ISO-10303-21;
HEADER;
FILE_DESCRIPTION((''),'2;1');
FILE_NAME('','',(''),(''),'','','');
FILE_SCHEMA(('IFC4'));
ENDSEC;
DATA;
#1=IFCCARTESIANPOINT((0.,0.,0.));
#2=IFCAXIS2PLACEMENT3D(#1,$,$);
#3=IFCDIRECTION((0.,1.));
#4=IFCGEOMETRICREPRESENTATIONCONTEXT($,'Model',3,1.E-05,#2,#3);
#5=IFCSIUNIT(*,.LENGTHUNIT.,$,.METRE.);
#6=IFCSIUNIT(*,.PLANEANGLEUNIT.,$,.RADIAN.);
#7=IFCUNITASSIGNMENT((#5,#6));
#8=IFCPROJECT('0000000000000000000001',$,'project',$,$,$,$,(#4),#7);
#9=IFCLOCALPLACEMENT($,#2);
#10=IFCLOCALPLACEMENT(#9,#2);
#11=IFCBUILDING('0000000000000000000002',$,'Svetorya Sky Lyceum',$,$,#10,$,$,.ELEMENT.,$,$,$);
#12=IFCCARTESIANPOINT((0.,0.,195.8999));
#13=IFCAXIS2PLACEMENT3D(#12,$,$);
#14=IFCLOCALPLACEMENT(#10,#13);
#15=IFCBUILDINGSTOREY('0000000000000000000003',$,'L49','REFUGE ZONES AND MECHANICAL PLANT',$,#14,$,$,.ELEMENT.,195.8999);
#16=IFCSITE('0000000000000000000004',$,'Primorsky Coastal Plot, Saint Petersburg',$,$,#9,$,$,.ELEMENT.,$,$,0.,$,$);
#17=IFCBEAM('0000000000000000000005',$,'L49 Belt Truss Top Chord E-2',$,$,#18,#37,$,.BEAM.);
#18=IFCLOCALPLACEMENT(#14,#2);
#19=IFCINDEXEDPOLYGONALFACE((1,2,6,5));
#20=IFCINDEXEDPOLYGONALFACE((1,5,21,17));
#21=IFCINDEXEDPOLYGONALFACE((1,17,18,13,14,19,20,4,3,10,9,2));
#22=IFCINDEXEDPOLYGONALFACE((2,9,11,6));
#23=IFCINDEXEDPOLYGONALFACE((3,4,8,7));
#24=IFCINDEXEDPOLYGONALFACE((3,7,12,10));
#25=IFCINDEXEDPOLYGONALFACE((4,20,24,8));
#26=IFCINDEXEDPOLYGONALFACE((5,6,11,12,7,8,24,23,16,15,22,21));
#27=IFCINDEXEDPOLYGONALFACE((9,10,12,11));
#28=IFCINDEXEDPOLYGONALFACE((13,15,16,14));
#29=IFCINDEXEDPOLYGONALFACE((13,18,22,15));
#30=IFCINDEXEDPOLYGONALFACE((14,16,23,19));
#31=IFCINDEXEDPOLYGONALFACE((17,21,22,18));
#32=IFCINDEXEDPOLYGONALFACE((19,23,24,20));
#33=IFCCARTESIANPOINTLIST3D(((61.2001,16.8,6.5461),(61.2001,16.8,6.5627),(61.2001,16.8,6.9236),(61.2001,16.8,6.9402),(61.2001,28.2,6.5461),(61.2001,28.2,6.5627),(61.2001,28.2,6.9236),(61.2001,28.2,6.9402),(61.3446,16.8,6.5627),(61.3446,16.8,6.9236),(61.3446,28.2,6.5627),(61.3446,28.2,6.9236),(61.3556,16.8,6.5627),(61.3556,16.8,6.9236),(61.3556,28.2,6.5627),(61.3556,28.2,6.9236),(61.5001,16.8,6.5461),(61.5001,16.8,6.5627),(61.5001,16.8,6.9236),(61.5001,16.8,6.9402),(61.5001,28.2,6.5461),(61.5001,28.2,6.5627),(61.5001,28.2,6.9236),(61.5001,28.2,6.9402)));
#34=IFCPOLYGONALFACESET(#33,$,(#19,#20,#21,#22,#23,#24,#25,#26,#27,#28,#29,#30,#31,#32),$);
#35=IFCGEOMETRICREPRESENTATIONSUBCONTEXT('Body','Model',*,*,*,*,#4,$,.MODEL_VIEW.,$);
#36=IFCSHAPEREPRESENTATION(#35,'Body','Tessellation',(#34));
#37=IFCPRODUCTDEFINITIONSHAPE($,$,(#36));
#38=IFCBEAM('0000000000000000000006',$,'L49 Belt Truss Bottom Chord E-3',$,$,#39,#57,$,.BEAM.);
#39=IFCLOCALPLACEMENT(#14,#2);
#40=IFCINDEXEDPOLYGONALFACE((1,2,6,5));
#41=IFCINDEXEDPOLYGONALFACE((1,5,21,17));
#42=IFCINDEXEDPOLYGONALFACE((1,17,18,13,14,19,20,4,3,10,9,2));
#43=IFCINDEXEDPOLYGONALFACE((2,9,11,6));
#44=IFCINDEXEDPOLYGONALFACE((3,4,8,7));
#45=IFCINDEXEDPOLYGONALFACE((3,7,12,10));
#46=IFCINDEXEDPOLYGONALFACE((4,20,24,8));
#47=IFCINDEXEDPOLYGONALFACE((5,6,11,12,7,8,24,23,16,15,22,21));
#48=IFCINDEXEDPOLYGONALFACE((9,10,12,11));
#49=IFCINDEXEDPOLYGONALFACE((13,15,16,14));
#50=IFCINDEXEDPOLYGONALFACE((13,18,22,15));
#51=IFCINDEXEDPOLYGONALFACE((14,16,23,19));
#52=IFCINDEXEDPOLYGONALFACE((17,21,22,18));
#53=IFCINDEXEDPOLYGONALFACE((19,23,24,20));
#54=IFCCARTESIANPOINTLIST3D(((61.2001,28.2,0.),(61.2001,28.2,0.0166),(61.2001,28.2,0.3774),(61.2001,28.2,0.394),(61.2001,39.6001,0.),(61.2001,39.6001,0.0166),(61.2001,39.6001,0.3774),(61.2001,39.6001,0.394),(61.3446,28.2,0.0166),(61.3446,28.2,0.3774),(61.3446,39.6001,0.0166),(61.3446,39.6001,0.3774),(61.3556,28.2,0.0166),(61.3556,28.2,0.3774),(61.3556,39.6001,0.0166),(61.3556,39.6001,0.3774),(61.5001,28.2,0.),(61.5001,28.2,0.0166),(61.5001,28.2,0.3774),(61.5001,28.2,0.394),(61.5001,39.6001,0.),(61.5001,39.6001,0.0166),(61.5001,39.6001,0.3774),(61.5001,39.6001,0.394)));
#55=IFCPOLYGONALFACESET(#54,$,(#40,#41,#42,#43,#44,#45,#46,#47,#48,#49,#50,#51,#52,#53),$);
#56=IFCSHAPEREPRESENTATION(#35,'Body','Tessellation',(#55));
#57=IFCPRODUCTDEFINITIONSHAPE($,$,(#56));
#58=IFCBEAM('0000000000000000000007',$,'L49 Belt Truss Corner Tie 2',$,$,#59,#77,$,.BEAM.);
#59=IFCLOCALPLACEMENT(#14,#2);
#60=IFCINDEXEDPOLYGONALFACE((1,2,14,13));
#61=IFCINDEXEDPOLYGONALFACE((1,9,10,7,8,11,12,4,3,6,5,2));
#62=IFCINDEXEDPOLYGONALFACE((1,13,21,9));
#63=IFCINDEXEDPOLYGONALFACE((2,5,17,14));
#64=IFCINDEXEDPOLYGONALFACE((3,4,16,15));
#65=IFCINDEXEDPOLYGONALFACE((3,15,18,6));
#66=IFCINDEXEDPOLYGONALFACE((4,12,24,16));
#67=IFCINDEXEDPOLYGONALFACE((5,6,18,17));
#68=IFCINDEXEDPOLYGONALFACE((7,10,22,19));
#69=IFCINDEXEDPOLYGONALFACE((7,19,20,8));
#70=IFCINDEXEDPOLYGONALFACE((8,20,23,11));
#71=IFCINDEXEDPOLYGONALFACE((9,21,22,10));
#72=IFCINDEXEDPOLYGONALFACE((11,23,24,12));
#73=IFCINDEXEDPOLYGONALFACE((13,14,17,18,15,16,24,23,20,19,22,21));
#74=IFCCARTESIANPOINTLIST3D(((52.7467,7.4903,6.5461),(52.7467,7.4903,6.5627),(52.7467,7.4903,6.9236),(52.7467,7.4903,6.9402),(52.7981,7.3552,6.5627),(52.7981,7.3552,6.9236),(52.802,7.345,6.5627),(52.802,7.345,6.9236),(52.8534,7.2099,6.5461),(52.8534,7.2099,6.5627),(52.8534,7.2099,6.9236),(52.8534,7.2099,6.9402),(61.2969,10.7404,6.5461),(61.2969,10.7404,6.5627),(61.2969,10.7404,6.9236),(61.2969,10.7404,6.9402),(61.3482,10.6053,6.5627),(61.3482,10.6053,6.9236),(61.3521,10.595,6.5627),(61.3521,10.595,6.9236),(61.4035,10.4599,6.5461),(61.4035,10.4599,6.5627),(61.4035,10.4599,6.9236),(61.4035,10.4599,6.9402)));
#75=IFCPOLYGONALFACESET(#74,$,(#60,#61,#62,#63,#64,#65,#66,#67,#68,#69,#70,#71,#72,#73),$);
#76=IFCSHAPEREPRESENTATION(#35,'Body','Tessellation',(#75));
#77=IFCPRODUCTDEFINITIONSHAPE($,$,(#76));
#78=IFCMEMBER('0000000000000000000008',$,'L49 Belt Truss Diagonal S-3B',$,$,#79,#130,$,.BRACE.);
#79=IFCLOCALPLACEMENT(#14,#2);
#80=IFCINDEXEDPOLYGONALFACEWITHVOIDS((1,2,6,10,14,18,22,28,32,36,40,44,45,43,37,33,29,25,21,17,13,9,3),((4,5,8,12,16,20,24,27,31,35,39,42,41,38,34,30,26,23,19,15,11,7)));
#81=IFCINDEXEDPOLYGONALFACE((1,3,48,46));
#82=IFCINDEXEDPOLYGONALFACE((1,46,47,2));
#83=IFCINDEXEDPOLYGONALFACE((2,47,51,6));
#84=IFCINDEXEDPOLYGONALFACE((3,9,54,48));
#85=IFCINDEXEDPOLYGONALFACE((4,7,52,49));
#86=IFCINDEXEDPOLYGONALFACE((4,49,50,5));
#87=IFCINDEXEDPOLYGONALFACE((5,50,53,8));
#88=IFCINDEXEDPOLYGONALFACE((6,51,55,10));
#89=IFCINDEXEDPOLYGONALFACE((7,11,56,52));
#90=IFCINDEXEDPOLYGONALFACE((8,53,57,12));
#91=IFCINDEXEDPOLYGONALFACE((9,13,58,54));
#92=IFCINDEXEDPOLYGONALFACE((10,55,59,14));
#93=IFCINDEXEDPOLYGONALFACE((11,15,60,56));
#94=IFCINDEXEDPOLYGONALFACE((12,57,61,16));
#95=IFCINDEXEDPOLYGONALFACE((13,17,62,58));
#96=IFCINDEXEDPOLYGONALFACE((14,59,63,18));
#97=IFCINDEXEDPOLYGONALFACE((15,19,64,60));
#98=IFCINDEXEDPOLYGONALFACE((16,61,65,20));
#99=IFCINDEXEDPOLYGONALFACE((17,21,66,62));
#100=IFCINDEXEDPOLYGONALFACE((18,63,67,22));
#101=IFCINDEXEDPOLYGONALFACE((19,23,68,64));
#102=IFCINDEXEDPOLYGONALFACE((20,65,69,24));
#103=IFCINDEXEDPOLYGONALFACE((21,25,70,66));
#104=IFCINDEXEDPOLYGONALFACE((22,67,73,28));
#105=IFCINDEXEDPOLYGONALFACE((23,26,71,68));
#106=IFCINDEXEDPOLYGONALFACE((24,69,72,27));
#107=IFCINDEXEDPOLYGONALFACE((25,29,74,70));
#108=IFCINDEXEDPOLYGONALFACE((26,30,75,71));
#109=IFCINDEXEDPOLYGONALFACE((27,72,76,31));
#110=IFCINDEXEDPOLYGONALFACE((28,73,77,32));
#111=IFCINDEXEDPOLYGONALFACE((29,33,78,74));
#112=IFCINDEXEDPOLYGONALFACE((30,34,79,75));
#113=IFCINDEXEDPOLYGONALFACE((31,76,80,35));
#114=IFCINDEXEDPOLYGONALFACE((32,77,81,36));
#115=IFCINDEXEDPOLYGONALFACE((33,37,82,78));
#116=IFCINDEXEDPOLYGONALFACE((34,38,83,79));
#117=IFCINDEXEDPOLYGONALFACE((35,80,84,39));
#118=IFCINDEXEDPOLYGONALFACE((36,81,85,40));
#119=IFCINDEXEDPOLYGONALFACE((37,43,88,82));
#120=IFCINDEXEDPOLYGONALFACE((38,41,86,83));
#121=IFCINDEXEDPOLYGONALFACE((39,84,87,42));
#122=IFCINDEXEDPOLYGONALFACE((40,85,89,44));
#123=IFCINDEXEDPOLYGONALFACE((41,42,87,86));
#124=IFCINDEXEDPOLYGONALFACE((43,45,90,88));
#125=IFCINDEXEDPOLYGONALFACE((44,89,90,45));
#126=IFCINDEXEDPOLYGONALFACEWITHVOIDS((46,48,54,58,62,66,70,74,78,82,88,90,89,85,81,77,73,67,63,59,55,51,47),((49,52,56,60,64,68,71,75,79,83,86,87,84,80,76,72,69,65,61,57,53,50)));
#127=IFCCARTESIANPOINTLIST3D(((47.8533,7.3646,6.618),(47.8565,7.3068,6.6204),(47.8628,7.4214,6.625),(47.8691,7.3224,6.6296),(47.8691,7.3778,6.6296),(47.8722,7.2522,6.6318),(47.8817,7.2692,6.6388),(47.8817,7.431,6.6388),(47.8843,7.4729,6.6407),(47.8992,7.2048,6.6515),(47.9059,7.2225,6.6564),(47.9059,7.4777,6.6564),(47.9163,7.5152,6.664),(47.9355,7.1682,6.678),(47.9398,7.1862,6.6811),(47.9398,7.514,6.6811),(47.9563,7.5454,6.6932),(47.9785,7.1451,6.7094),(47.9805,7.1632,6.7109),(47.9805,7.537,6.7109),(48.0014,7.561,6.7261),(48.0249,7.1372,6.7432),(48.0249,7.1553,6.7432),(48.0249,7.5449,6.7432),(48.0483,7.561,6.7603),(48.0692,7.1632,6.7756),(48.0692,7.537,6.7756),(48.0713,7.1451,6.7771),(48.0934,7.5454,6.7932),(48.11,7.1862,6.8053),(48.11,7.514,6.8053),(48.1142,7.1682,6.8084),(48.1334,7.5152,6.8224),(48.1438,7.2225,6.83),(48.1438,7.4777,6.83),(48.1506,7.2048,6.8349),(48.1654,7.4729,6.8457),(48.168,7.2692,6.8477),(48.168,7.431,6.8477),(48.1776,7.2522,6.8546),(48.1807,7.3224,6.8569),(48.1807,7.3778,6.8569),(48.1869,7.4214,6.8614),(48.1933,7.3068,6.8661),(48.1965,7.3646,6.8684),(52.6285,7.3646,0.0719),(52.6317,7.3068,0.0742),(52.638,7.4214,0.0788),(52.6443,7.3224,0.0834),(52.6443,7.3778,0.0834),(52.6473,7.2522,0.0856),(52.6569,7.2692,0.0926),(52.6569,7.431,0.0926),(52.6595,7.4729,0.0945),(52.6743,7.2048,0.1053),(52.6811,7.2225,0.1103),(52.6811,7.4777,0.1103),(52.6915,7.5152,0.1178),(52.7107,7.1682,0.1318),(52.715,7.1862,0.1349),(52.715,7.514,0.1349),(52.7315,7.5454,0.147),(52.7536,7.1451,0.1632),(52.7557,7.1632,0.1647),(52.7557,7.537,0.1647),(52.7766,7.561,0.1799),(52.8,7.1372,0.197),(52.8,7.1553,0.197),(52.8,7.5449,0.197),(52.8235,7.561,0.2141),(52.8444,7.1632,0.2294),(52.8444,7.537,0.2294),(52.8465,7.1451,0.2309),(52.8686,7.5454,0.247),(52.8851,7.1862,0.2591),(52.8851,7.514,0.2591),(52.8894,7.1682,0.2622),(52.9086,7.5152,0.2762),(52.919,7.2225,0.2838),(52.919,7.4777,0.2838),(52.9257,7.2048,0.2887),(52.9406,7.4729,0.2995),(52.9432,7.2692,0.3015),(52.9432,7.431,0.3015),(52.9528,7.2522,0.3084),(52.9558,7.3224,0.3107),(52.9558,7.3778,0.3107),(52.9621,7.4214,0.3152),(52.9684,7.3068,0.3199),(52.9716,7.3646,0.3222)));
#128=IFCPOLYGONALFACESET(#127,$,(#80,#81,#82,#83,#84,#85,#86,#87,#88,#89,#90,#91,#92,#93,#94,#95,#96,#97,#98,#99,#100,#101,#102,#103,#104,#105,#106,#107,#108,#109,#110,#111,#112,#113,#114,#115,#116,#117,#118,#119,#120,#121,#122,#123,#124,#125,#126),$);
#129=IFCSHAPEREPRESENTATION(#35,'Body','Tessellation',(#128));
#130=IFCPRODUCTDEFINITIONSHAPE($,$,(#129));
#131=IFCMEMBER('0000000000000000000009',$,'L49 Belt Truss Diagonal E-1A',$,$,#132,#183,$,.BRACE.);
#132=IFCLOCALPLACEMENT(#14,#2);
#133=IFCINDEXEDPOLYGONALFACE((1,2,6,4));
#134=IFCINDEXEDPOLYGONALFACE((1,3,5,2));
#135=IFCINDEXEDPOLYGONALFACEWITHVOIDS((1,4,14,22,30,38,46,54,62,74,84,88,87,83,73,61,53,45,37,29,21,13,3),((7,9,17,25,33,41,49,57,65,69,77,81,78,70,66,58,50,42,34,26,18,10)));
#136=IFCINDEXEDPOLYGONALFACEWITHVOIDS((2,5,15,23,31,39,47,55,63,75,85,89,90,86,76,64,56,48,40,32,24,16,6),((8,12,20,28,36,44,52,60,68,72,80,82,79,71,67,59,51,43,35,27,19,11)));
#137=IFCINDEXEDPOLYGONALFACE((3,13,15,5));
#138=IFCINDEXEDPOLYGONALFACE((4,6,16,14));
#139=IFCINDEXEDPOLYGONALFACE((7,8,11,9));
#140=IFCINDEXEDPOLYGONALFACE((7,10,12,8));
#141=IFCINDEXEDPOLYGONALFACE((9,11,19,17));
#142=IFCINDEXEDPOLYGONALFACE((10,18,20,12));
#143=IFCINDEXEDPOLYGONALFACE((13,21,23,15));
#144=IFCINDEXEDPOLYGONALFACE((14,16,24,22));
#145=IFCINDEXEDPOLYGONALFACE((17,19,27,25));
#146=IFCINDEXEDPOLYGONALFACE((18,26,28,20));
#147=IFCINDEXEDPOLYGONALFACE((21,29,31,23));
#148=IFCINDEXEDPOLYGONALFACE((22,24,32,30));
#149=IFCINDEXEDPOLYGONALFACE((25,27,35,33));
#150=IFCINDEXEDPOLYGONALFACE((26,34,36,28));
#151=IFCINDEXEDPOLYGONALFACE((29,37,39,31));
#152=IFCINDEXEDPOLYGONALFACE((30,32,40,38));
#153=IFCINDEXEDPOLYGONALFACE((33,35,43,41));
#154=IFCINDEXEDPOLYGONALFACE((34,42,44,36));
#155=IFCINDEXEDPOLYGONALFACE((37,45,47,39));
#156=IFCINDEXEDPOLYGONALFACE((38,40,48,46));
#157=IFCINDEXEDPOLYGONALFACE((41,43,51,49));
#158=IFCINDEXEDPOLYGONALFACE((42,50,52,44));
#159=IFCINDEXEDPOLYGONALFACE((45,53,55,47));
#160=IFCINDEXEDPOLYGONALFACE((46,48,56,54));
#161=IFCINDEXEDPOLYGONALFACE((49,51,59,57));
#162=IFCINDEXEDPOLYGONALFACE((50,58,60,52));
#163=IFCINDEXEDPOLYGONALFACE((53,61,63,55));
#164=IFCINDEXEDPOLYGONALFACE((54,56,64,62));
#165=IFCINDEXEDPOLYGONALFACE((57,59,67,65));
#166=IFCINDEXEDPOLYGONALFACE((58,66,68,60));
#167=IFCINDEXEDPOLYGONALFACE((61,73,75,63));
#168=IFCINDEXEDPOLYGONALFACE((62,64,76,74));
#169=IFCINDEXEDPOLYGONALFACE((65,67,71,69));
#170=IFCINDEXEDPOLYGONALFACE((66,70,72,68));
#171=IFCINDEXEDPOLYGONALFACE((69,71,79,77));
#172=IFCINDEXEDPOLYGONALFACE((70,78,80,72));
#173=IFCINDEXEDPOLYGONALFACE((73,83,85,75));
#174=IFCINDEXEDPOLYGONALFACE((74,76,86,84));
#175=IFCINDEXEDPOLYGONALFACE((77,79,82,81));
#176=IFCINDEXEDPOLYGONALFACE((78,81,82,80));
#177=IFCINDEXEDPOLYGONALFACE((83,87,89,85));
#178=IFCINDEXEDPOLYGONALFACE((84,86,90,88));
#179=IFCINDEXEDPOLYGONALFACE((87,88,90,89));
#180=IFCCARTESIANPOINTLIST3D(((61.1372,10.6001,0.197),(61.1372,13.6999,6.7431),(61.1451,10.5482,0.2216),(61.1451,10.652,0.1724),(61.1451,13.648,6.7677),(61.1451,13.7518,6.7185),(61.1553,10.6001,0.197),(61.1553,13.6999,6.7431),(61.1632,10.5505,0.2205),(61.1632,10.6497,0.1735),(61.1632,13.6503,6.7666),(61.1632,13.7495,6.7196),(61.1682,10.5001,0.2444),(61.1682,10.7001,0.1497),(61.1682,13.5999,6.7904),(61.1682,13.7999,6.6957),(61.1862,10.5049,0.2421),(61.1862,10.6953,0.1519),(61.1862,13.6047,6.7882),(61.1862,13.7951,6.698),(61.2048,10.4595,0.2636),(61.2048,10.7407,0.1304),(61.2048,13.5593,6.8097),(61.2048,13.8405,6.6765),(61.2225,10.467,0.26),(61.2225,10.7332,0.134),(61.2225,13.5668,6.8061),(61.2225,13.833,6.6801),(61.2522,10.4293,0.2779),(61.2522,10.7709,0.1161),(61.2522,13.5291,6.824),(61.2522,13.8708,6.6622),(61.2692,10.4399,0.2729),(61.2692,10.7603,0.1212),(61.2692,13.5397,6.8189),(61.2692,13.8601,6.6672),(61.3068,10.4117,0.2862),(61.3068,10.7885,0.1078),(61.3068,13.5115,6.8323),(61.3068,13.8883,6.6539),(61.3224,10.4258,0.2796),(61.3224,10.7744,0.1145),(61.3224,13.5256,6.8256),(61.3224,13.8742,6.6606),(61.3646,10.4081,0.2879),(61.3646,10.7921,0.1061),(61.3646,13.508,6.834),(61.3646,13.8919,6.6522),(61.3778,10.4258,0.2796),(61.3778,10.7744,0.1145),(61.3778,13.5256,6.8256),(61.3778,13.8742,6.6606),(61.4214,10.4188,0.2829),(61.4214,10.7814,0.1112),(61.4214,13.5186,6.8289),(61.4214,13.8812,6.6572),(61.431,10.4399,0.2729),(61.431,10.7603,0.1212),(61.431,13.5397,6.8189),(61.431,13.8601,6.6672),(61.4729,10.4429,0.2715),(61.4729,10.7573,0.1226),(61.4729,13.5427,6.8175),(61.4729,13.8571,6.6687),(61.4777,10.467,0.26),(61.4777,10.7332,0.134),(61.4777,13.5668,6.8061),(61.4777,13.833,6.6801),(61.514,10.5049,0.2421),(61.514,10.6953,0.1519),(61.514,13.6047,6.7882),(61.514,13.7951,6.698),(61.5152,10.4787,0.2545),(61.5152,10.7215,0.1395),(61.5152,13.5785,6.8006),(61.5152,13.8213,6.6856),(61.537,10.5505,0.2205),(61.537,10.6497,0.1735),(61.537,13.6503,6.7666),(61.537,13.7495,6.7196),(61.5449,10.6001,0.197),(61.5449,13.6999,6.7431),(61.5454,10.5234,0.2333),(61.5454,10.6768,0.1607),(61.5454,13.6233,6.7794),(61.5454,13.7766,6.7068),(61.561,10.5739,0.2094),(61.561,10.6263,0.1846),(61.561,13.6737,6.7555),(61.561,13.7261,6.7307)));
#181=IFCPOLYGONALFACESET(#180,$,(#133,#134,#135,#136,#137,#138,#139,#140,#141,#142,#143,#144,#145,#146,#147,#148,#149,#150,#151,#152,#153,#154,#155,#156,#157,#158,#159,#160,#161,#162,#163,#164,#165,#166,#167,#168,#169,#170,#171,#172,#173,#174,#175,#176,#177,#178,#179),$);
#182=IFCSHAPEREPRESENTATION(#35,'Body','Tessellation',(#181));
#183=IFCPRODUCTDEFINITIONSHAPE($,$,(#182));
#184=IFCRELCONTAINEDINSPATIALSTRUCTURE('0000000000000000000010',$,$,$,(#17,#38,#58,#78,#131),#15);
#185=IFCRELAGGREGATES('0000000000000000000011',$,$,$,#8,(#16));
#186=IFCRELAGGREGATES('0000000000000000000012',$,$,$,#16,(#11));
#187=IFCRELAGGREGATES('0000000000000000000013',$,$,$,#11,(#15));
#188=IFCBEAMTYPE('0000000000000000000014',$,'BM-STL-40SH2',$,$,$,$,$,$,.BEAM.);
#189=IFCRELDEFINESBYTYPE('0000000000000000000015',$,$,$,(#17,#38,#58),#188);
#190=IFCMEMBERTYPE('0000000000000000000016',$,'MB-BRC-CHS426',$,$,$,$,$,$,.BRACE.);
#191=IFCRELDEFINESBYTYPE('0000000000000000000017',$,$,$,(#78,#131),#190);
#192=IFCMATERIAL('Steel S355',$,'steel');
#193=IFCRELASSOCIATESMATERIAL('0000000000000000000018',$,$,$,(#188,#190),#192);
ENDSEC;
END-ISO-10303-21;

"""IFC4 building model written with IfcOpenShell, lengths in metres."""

from ifc_helpers import new_model, si_unit, direction, frame, origin, origin_2d, place, context, subcontext, project, spatial, hollow_circle, i_section, extrude, material, material_profile, profile_set, type_object, element, save


model = new_model("IFC4")

# Units and contexts
model_context = context("Model", 3, precision=1e-05, world=origin(), true_north=direction((0.0, 1.0)))
body_context = subcontext(model_context, "Body", "Model", "MODEL_VIEW")
ifc_project = project(units=[si_unit("LENGTHUNIT", "METRE"), si_unit("PLANEANGLEUNIT", "RADIAN")], contexts=[model_context])

# Site, building, storey
site_placement = place(None, origin())
site = spatial("IfcSite", under=ifc_project, at=site_placement, Name="Primorsky Coastal Plot, Saint Petersburg", CompositionType="ELEMENT", RefElevation=0.0)
building_placement = place(site_placement, origin())
building = spatial("IfcBuilding", under=site, at=building_placement, Name="Svetorya Sky Lyceum", CompositionType="ELEMENT")
storey_placement = place(building_placement, frame((0.0, 0.0, 195.8999)))
storey = spatial("IfcBuildingStorey", under=building, at=storey_placement, Name="L49", Description="REFUGE ZONES AND MECHANICAL PLANT", CompositionType="ELEMENT", Elevation=195.8999)

# Beams
ifc_material_1 = material(Name="Steel S355", Category="steel")
ifc_material_profile_1 = material_profile(ifc_material_1, i_section(OverallWidth=0.3, OverallDepth=0.394, WebThickness=0.011, FlangeThickness=0.0166, at=origin_2d()), Name="GOST 40Sh2")
ifc_profile_set_1 = profile_set([ifc_material_profile_1], Name="Steel S355")
beam_type_1 = type_object("IfcBeamType", Name="BM-STL-40SH2", PredefinedType="BEAM", material=ifc_profile_set_1)
for number, where, z_axis, x_axis, name in (
    (1, (61.3501, 16.8, 6.7432), (0.0, 1.0, 0.0), (-1.0, 0.0, 0.0), "L49 Belt Truss Top Chord E-2"),
):
    element("IfcBeam", number, at=place(storey_placement, frame(where, z_axis=z_axis, x_axis=x_axis)), inside=storey, type_object=beam_type_1, Name=name, PredefinedType="BEAM", context=body_context, shape_type="SweptSolid", body=[
        extrude(i_section(OverallWidth=0.3, OverallDepth=0.394, WebThickness=0.011, FlangeThickness=0.0166, at=origin_2d()), origin(), (0.0, 0.0, 1.0), 11.3999),
    ])
beam_1_placement = place(storey_placement, frame((61.3501, 28.2, 0.197), z_axis=(0.0, 1.0, 0.0), x_axis=(-1.0, 0.0, 0.0)))
element("IfcBeam", 2, at=beam_1_placement, inside=storey, type_object=beam_type_1, Name="L49 Belt Truss Bottom Chord E-3", PredefinedType="BEAM", context=body_context, shape_type="SweptSolid", body=[
    extrude(i_section(OverallWidth=0.3, OverallDepth=0.394, WebThickness=0.011, FlangeThickness=0.0166, at=origin_2d()), origin(), (0.0, 0.0, 1.0), 11.4001),
])
beam_2_placement = place(storey_placement, frame((52.8, 7.3501, 6.7432), z_axis=(0.934748, 0.355312, 0.0), x_axis=(-0.355312, 0.934748, 0.0)))
element("IfcBeam", 3, at=beam_2_placement, inside=storey, type_object=beam_type_1, Name="L49 Belt Truss Corner Tie 2", PredefinedType="BEAM", context=body_context, shape_type="SweptSolid", body=[
    extrude(i_section(OverallWidth=0.3, OverallDepth=0.394, WebThickness=0.011, FlangeThickness=0.0166, at=origin_2d()), origin(), (0.0, 0.0, 1.0), 9.147),
])

# Members
ifc_material_profile_2 = material_profile(ifc_material_1, hollow_circle(Radius=0.2129, WallThickness=0.0181, at=origin_2d()), Name="CHS 426x18")
ifc_profile_set_2 = profile_set([ifc_material_profile_2], Name="Steel S355")
member_type_1 = type_object("IfcMemberType", Name="MB-BRC-CHS426", PredefinedType="BRACE", material=ifc_profile_set_2)
member_1_placement = place(storey_placement, frame((52.8, 7.3501, 0.197), z_axis=(-0.589327, 0.0, 0.807895), x_axis=(0.0, -1.0, 0.0)))
element("IfcMember", 4, at=member_1_placement, inside=storey, type_object=member_type_1, Name="L49 Belt Truss Diagonal S-3B", PredefinedType="BRACE", context=body_context, shape_type="SweptSolid", body=[
    extrude(hollow_circle(Radius=0.2129, WallThickness=0.0181, at=origin_2d()), origin(), (0.0, 0.0, 1.0), 8.1028),
])
member_2_placement = place(storey_placement, frame((61.3501, 10.6001, 0.197), z_axis=(0.0, 0.427979, 0.903789), x_axis=(-1.0, 0.0, 0.0)))
element("IfcMember", 5, at=member_2_placement, inside=storey, type_object=member_type_1, Name="L49 Belt Truss Diagonal E-1A", PredefinedType="BRACE", context=body_context, shape_type="SweptSolid", body=[
    extrude(hollow_circle(Radius=0.2129, WallThickness=0.0181, at=origin_2d()), origin(), (0.0, 0.0, 1.0), 7.2429),
])

save(model, "model.ifc")
